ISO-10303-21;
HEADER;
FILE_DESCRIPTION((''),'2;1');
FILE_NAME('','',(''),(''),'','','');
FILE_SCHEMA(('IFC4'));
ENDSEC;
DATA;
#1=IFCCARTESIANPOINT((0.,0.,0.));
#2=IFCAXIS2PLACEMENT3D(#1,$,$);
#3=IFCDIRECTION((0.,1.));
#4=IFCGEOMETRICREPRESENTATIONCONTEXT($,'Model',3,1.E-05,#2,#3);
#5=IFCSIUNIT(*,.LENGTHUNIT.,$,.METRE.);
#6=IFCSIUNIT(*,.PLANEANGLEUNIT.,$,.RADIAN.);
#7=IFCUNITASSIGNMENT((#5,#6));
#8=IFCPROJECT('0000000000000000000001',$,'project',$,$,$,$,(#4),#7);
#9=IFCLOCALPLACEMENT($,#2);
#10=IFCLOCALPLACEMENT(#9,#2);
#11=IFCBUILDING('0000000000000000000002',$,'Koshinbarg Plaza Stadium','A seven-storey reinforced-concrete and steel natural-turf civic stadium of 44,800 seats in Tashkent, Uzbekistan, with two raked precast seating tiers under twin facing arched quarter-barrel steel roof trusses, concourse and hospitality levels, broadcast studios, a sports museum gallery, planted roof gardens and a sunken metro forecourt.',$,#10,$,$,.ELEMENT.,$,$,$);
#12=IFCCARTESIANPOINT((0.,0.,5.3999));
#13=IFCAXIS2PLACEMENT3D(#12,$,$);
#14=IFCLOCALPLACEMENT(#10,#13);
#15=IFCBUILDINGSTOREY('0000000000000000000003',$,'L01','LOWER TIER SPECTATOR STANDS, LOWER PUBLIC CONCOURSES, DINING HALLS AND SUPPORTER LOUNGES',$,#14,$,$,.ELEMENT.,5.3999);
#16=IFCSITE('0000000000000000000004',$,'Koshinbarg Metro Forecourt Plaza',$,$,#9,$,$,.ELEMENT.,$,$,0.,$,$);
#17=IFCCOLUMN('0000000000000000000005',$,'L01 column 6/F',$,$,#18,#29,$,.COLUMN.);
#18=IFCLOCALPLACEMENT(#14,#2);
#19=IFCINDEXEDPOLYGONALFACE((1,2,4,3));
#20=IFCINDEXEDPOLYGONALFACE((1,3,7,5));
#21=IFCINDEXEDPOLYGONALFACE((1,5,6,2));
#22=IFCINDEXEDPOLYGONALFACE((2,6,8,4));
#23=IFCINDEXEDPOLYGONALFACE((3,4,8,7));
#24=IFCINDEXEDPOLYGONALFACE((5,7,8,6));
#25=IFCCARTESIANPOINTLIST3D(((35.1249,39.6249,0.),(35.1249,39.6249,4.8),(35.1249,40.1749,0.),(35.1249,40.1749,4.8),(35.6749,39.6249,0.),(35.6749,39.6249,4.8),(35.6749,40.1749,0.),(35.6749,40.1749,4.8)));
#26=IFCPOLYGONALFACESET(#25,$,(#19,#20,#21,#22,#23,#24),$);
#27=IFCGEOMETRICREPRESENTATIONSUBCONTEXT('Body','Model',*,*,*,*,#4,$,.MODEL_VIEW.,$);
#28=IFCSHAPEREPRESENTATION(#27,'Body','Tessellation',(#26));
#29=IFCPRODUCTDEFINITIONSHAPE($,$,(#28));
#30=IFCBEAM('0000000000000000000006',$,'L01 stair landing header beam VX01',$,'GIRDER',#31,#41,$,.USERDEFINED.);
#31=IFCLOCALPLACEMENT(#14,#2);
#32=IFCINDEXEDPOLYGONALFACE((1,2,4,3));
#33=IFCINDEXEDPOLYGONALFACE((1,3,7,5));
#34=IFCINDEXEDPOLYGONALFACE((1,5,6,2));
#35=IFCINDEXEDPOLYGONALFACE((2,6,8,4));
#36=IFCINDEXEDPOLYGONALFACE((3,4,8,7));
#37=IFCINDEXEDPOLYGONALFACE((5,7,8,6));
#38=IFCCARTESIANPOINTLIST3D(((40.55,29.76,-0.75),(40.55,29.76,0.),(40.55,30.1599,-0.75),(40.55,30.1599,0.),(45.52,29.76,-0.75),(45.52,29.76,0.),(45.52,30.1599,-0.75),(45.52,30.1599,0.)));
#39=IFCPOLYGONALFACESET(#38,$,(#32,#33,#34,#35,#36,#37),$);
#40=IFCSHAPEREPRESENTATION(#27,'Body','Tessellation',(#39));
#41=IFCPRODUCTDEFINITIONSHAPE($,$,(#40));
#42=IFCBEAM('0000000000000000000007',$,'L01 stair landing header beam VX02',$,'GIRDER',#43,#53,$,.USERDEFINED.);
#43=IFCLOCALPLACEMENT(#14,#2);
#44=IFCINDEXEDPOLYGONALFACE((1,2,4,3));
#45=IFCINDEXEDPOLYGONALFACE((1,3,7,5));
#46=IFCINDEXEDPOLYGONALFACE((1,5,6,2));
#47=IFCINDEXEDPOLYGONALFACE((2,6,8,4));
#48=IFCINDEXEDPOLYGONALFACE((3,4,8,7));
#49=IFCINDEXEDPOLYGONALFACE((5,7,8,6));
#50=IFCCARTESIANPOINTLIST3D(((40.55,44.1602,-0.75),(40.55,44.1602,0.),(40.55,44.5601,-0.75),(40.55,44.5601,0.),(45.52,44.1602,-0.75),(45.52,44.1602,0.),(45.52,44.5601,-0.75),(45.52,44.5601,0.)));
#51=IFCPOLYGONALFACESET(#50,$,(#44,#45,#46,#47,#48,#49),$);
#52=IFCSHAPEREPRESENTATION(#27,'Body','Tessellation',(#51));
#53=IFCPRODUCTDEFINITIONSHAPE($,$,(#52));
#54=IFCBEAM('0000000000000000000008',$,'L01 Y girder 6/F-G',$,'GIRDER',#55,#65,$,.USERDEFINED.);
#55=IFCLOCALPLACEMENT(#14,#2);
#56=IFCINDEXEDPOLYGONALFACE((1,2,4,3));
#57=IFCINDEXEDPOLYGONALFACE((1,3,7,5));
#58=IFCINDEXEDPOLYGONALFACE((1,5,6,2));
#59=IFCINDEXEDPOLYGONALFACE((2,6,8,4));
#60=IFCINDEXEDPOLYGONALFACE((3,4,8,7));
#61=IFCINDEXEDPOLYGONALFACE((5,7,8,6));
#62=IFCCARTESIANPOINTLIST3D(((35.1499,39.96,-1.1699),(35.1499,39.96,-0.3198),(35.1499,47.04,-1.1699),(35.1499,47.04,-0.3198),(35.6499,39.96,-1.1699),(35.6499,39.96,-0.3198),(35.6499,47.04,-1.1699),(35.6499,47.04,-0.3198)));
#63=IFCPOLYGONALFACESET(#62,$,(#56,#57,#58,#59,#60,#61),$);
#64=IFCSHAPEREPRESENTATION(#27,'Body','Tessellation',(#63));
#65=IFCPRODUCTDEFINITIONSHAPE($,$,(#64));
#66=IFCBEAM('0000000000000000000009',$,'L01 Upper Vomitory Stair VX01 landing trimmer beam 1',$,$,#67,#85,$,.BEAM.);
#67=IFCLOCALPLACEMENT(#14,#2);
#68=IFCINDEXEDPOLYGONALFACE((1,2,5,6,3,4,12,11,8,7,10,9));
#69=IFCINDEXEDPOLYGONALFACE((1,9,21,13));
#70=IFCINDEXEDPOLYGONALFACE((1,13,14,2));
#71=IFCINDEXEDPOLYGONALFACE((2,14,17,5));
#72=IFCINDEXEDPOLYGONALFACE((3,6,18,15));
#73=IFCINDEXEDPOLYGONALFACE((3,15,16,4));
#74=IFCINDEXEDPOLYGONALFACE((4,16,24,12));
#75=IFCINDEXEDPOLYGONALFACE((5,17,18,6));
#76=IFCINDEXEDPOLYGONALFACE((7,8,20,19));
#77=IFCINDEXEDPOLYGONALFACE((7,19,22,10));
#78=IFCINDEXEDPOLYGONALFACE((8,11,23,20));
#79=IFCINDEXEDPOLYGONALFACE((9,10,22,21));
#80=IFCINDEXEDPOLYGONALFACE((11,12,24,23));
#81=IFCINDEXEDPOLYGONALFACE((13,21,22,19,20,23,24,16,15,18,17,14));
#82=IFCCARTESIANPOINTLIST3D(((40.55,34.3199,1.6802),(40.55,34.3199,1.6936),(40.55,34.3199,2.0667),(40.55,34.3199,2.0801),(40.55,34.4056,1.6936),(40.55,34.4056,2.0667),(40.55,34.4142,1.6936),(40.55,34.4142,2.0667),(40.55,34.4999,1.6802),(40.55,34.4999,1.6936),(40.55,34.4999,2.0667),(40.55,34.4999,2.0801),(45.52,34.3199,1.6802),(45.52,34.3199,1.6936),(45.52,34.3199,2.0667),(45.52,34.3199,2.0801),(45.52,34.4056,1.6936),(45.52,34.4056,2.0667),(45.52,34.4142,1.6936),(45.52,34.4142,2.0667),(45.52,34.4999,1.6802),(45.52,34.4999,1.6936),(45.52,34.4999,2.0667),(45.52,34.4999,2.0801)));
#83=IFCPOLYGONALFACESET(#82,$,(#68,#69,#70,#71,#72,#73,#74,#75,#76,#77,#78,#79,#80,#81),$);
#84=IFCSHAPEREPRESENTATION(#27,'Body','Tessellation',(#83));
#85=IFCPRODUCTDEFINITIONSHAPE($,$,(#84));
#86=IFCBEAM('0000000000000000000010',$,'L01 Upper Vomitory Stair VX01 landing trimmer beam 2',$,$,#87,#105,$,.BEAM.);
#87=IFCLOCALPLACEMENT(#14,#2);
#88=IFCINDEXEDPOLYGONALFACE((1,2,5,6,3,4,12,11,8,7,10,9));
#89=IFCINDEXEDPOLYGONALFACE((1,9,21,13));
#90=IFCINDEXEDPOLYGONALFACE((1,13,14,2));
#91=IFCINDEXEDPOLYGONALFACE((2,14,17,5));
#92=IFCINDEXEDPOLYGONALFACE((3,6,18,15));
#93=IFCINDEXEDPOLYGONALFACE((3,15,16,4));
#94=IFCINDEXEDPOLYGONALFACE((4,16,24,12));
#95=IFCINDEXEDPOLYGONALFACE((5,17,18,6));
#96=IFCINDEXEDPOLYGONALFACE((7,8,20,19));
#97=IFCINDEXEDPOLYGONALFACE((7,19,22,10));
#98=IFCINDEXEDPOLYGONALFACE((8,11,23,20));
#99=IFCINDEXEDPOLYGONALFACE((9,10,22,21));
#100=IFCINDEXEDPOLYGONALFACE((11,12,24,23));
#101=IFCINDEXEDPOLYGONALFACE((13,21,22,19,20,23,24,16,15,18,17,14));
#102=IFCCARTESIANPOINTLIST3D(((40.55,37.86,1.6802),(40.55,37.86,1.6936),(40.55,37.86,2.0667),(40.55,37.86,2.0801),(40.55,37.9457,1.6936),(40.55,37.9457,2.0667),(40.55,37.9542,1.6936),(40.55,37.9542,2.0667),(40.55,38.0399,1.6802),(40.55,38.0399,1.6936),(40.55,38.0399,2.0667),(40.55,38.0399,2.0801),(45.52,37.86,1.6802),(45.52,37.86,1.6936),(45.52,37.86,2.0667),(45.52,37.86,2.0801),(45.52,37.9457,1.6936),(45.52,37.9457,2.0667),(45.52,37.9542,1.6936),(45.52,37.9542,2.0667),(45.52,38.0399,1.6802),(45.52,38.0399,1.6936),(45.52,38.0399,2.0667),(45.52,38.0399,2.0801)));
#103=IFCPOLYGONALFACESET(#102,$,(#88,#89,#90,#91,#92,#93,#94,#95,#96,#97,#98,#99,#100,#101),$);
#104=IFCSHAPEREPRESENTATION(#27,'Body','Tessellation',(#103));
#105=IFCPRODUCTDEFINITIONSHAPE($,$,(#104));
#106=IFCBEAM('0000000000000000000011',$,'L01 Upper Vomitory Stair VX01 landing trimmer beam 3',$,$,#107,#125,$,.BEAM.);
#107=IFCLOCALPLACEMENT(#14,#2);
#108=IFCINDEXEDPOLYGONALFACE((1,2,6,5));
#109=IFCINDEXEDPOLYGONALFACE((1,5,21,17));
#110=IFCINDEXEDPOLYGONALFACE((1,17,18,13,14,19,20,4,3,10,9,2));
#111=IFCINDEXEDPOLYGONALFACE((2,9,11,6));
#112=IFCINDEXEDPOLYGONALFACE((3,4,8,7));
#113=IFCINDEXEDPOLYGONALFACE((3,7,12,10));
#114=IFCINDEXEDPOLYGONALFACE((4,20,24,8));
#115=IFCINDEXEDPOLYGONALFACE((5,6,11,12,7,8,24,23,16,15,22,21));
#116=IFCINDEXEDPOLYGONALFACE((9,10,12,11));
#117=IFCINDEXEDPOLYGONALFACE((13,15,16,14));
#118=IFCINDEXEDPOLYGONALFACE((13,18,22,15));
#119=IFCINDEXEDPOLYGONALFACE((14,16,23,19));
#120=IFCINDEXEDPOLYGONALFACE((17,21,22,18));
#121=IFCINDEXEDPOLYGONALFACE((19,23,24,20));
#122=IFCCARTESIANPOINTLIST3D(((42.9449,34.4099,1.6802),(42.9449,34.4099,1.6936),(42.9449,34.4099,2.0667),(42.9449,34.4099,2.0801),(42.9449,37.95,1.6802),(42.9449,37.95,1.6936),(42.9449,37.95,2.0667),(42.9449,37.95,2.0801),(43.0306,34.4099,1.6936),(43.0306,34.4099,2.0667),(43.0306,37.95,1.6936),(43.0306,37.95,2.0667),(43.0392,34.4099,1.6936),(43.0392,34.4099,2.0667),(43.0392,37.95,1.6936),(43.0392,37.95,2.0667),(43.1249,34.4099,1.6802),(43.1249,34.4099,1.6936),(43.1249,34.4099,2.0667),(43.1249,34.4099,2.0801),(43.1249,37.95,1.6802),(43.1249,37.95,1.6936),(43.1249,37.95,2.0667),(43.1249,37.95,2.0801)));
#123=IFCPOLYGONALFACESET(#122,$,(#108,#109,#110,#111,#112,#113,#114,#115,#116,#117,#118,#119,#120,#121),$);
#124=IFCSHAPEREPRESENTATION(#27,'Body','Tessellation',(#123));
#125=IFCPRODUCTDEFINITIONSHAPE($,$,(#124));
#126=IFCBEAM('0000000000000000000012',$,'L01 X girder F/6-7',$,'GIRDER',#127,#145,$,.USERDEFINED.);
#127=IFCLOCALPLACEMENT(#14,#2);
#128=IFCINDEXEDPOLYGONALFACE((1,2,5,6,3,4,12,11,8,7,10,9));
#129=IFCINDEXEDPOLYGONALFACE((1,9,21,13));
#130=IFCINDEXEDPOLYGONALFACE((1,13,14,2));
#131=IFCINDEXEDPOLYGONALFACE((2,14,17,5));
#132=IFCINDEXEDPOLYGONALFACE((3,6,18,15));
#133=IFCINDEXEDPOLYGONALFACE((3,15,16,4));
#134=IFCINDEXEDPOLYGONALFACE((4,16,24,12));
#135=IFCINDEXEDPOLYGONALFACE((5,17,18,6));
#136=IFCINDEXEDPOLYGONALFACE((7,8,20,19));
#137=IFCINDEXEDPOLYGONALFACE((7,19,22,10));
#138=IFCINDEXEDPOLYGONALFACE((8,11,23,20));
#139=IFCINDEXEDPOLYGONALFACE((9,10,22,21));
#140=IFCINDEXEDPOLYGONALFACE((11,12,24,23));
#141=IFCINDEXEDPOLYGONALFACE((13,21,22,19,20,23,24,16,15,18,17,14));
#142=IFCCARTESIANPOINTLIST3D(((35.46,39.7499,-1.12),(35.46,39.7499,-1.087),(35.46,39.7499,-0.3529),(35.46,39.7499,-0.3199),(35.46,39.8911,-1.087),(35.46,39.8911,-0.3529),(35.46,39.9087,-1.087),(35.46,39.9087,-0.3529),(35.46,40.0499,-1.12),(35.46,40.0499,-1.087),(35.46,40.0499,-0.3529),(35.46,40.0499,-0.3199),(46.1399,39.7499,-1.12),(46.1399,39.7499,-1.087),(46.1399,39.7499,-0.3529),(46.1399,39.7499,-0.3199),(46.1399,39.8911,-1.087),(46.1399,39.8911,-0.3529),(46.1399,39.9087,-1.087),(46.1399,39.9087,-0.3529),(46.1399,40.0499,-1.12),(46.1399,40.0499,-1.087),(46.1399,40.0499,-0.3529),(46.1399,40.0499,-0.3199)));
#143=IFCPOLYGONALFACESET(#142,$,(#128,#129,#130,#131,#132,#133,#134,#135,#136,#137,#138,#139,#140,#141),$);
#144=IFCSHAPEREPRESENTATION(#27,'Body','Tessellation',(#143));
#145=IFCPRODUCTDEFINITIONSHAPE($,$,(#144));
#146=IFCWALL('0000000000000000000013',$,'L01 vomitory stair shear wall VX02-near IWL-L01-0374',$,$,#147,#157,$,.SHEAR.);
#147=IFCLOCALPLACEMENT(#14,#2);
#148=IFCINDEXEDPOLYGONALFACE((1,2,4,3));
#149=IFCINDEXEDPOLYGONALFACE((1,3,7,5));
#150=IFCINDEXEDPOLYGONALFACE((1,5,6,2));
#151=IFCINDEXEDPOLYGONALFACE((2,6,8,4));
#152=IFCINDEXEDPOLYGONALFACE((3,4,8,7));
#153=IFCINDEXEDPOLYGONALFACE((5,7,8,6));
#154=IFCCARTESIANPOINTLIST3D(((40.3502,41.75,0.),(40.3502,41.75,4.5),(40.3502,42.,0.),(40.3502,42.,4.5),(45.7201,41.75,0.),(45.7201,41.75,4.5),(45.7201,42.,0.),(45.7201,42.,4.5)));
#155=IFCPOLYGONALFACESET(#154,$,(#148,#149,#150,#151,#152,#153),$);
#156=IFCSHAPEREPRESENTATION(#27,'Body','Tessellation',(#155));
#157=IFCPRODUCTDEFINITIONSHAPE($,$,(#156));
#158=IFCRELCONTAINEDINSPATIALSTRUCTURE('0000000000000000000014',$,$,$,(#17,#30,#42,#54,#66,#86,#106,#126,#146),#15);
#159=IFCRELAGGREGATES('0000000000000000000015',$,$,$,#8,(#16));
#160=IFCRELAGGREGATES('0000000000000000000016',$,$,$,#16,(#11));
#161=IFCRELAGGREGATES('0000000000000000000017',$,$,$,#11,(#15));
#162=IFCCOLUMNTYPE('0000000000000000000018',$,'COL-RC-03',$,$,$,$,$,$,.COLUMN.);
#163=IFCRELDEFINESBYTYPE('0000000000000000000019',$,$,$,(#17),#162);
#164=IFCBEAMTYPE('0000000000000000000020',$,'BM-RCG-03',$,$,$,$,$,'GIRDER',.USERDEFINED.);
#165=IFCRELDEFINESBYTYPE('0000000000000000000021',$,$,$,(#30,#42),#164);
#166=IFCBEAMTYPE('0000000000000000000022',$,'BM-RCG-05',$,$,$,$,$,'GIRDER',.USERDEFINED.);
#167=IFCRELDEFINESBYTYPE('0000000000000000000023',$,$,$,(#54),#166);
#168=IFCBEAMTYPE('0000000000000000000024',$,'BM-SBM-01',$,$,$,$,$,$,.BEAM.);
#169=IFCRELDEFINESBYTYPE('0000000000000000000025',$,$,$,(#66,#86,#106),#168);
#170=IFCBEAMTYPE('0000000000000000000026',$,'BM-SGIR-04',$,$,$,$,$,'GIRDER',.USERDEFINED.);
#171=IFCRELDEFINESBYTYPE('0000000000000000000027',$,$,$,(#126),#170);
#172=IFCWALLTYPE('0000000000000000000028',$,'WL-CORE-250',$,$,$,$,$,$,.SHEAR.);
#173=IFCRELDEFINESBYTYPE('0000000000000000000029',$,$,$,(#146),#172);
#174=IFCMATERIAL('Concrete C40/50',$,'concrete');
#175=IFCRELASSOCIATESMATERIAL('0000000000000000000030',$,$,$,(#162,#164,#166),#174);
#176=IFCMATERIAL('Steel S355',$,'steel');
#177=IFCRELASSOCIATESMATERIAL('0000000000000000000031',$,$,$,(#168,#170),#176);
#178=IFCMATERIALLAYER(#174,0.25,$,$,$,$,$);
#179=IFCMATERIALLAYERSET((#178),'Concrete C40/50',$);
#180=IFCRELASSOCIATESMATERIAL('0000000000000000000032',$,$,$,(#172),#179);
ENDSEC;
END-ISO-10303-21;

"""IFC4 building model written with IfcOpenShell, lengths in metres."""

from ifc_helpers import new_model, si_unit, direction, frame, frame_2d, origin, origin_2d, place, context, subcontext, project, spatial, rectangle, i_section, extrude, material, layer, layer_set, material_profile, profile_set, type_object, element, save


model = new_model("IFC4")

# Units and contexts
model_context = context("Model", 3, precision=1e-05, world=origin(), true_north=direction((0.0, 1.0)))
body_context = subcontext(model_context, "Body", "Model", "MODEL_VIEW")
ifc_project = project(units=[si_unit("LENGTHUNIT", "METRE"), si_unit("PLANEANGLEUNIT", "RADIAN")], contexts=[model_context])

# Site, building, storey
site_placement = place(None, origin())
site = spatial("IfcSite", under=ifc_project, at=site_placement, Name="Koshinbarg Metro Forecourt Plaza", CompositionType="ELEMENT", RefElevation=0.0)
building_placement = place(site_placement, origin())
building = spatial("IfcBuilding", under=site, at=building_placement, Name="Koshinbarg Plaza Stadium", Description="A seven-storey reinforced-concrete and steel natural-turf civic stadium of 44,800 seats in Tashkent, Uzbekistan, with two raked precast seating tiers under twin facing arched quarter-barrel steel roof trusses, concourse and hospitality levels, broadcast studios, a sports museum gallery, planted roof gardens and a sunken metro forecourt.", CompositionType="ELEMENT")
storey_placement = place(building_placement, frame((0.0, 0.0, 5.3999)))
storey = spatial("IfcBuildingStorey", under=building, at=storey_placement, Name="L01", Description="LOWER TIER SPECTATOR STANDS, LOWER PUBLIC CONCOURSES, DINING HALLS AND SUPPORTER LOUNGES", CompositionType="ELEMENT", Elevation=5.3999)

# Column
ifc_material_1 = material(Name="Concrete C40/50", Category="concrete")
ifc_material_profile_1 = material_profile(ifc_material_1, rectangle(XDim=0.55, YDim=0.55, at=origin_2d()), Name="RC 550x550")
ifc_profile_set_1 = profile_set([ifc_material_profile_1], Name="Concrete C40/50")
column_type = type_object("IfcColumnType", Name="COL-RC-03", PredefinedType="COLUMN", material=ifc_profile_set_1)
column_placement = place(storey_placement, frame((35.3999, 39.8999, 0.0), z_axis=(0.0, 0.0, 1.0), x_axis=(1.0, 0.0, 0.0)))
element("IfcColumn", 1, at=column_placement, inside=storey, type_object=column_type, Name="L01 column 6/F", PredefinedType="COLUMN", context=body_context, shape_type="SweptSolid", body=[
    extrude(rectangle(XDim=0.55, YDim=0.55, at=origin_2d()), origin(), (0.0, 0.0, 1.0), 4.8),
])

# Beams
ifc_material_profile_2 = material_profile(ifc_material_1, rectangle(XDim=0.3999, YDim=0.75, at=origin_2d()), Name="RC 400x750")
ifc_profile_set_2 = profile_set([ifc_material_profile_2], Name="Concrete C40/50")
beam_type_1 = type_object("IfcBeamType", Name="BM-RCG-03", ElementType="GIRDER", PredefinedType="USERDEFINED", material=ifc_profile_set_2)
for number, where, z_axis, x_axis, name in (
    (2, (40.55, 29.96, -0.375), (1.0, 0.0, 0.0), (0.0, 1.0, 0.0), "L01 stair landing header beam VX01"),
    (3, (40.55, 44.3601, -0.375), (1.0, 0.0, 0.0), (0.0, 1.0, 0.0), "L01 stair landing header beam VX02"),
):
    element("IfcBeam", number, at=place(storey_placement, frame(where, z_axis=z_axis, x_axis=x_axis)), inside=storey, type_object=beam_type_1, Name=name, ObjectType="GIRDER", PredefinedType="USERDEFINED", context=body_context, shape_type="SweptSolid", body=[
        extrude(rectangle(XDim=0.3999, YDim=0.75, at=origin_2d()), origin(), (0.0, 0.0, 1.0), 4.97),
    ])
ifc_material_profile_3 = material_profile(ifc_material_1, rectangle(XDim=0.5, YDim=0.8501, at=origin_2d()), Name="RC 500x850")
ifc_profile_set_3 = profile_set([ifc_material_profile_3], Name="Concrete C40/50")
beam_type_2 = type_object("IfcBeamType", Name="BM-RCG-05", ElementType="GIRDER", PredefinedType="USERDEFINED", material=ifc_profile_set_3)
beam_1_placement = place(storey_placement, frame((35.3999, 39.96, -0.7449), z_axis=(0.0, 1.0, 0.0), x_axis=(-1.0, 0.0, 0.0)))
element("IfcBeam", 4, at=beam_1_placement, inside=storey, type_object=beam_type_2, Name="L01 Y girder 6/F-G", ObjectType="GIRDER", PredefinedType="USERDEFINED", context=body_context, shape_type="SweptSolid", body=[
    extrude(rectangle(XDim=0.5, YDim=0.8501, at=origin_2d()), origin(), (0.0, 0.0, 1.0), 7.0801),
])
ifc_material_2 = material(Name="Steel S355", Category="steel")
ifc_material_profile_4 = material_profile(ifc_material_2, i_section(OverallWidth=0.1799, OverallDepth=0.3999, WebThickness=0.0085, FlangeThickness=0.0134, at=origin_2d()), Name="IPE 400")
ifc_profile_set_4 = profile_set([ifc_material_profile_4], Name="Steel S355")
beam_type_3 = type_object("IfcBeamType", Name="BM-SBM-01", PredefinedType="BEAM", material=ifc_profile_set_4)
for number, where, z_axis, x_axis, name in (
    (5, (40.55, 34.4099, 1.8801), (1.0, 0.0, 0.0), (0.0, 1.0, 0.0), "L01 Upper Vomitory Stair VX01 landing trimmer beam 1"),
    (6, (40.55, 37.95, 1.8801), (1.0, 0.0, 0.0), (0.0, 1.0, 0.0), "L01 Upper Vomitory Stair VX01 landing trimmer beam 2"),
):
    element("IfcBeam", number, at=place(storey_placement, frame(where, z_axis=z_axis, x_axis=x_axis)), inside=storey, type_object=beam_type_3, Name=name, PredefinedType="BEAM", context=body_context, shape_type="SweptSolid", body=[
        extrude(i_section(OverallWidth=0.1799, OverallDepth=0.3999, WebThickness=0.0085, FlangeThickness=0.0134, at=origin_2d()), origin(), (0.0, 0.0, 1.0), 4.97),
    ])
beam_2_placement = place(storey_placement, frame((43.0349, 34.4099, 1.8801), z_axis=(0.0, 1.0, 0.0), x_axis=(-1.0, 0.0, 0.0)))
element("IfcBeam", 7, at=beam_2_placement, inside=storey, type_object=beam_type_3, Name="L01 Upper Vomitory Stair VX01 landing trimmer beam 3", PredefinedType="BEAM", context=body_context, shape_type="SweptSolid", body=[
    extrude(i_section(OverallWidth=0.1799, OverallDepth=0.3999, WebThickness=0.0085, FlangeThickness=0.0134, at=origin_2d()), origin(), (0.0, 0.0, 1.0), 3.54),
])
ifc_material_profile_5 = material_profile(ifc_material_2, i_section(OverallWidth=0.3, OverallDepth=0.8, WebThickness=0.0176, FlangeThickness=0.033, at=origin_2d()), Name="HEB 800")
ifc_profile_set_5 = profile_set([ifc_material_profile_5], Name="Steel S355")
beam_type_4 = type_object("IfcBeamType", Name="BM-SGIR-04", ElementType="GIRDER", PredefinedType="USERDEFINED", material=ifc_profile_set_5)
beam_3_placement = place(storey_placement, frame((35.46, 39.8999, -0.72), z_axis=(1.0, 0.0, 0.0), x_axis=(0.0, 1.0, 0.0)))
element("IfcBeam", 8, at=beam_3_placement, inside=storey, type_object=beam_type_4, Name="L01 X girder F/6-7", ObjectType="GIRDER", PredefinedType="USERDEFINED", context=body_context, shape_type="SweptSolid", body=[
    extrude(i_section(OverallWidth=0.3, OverallDepth=0.8, WebThickness=0.0176, FlangeThickness=0.033, at=origin_2d()), origin(), (0.0, 0.0, 1.0), 10.6799),
])

# Wall
ifc_layer_1 = layer(ifc_material_1, 0.25)
ifc_layer_set_1 = layer_set([ifc_layer_1], Name="Concrete C40/50")
wall_type_1 = type_object("IfcWallType", Name="WL-CORE-250", PredefinedType="SHEAR", material=ifc_layer_set_1)
wall_1_placement = place(storey_placement, frame((40.3501, 41.875, 0.0), z_axis=(0.0, 0.0, 1.0), x_axis=(1.0, 0.0, 0.0)))
element("IfcWall", 9, at=wall_1_placement, inside=storey, type_object=wall_type_1, Name="L01 vomitory stair shear wall VX02-near IWL-L01-0374", PredefinedType="SHEAR", context=body_context, shape_type="SweptSolid", body=[
    extrude(rectangle(XDim=5.3699, YDim=0.25, at=frame_2d((2.6851, 0.0))), origin(), (0.0, 0.0, 1.0), 4.5),
])

save(model, "model.ifc")
